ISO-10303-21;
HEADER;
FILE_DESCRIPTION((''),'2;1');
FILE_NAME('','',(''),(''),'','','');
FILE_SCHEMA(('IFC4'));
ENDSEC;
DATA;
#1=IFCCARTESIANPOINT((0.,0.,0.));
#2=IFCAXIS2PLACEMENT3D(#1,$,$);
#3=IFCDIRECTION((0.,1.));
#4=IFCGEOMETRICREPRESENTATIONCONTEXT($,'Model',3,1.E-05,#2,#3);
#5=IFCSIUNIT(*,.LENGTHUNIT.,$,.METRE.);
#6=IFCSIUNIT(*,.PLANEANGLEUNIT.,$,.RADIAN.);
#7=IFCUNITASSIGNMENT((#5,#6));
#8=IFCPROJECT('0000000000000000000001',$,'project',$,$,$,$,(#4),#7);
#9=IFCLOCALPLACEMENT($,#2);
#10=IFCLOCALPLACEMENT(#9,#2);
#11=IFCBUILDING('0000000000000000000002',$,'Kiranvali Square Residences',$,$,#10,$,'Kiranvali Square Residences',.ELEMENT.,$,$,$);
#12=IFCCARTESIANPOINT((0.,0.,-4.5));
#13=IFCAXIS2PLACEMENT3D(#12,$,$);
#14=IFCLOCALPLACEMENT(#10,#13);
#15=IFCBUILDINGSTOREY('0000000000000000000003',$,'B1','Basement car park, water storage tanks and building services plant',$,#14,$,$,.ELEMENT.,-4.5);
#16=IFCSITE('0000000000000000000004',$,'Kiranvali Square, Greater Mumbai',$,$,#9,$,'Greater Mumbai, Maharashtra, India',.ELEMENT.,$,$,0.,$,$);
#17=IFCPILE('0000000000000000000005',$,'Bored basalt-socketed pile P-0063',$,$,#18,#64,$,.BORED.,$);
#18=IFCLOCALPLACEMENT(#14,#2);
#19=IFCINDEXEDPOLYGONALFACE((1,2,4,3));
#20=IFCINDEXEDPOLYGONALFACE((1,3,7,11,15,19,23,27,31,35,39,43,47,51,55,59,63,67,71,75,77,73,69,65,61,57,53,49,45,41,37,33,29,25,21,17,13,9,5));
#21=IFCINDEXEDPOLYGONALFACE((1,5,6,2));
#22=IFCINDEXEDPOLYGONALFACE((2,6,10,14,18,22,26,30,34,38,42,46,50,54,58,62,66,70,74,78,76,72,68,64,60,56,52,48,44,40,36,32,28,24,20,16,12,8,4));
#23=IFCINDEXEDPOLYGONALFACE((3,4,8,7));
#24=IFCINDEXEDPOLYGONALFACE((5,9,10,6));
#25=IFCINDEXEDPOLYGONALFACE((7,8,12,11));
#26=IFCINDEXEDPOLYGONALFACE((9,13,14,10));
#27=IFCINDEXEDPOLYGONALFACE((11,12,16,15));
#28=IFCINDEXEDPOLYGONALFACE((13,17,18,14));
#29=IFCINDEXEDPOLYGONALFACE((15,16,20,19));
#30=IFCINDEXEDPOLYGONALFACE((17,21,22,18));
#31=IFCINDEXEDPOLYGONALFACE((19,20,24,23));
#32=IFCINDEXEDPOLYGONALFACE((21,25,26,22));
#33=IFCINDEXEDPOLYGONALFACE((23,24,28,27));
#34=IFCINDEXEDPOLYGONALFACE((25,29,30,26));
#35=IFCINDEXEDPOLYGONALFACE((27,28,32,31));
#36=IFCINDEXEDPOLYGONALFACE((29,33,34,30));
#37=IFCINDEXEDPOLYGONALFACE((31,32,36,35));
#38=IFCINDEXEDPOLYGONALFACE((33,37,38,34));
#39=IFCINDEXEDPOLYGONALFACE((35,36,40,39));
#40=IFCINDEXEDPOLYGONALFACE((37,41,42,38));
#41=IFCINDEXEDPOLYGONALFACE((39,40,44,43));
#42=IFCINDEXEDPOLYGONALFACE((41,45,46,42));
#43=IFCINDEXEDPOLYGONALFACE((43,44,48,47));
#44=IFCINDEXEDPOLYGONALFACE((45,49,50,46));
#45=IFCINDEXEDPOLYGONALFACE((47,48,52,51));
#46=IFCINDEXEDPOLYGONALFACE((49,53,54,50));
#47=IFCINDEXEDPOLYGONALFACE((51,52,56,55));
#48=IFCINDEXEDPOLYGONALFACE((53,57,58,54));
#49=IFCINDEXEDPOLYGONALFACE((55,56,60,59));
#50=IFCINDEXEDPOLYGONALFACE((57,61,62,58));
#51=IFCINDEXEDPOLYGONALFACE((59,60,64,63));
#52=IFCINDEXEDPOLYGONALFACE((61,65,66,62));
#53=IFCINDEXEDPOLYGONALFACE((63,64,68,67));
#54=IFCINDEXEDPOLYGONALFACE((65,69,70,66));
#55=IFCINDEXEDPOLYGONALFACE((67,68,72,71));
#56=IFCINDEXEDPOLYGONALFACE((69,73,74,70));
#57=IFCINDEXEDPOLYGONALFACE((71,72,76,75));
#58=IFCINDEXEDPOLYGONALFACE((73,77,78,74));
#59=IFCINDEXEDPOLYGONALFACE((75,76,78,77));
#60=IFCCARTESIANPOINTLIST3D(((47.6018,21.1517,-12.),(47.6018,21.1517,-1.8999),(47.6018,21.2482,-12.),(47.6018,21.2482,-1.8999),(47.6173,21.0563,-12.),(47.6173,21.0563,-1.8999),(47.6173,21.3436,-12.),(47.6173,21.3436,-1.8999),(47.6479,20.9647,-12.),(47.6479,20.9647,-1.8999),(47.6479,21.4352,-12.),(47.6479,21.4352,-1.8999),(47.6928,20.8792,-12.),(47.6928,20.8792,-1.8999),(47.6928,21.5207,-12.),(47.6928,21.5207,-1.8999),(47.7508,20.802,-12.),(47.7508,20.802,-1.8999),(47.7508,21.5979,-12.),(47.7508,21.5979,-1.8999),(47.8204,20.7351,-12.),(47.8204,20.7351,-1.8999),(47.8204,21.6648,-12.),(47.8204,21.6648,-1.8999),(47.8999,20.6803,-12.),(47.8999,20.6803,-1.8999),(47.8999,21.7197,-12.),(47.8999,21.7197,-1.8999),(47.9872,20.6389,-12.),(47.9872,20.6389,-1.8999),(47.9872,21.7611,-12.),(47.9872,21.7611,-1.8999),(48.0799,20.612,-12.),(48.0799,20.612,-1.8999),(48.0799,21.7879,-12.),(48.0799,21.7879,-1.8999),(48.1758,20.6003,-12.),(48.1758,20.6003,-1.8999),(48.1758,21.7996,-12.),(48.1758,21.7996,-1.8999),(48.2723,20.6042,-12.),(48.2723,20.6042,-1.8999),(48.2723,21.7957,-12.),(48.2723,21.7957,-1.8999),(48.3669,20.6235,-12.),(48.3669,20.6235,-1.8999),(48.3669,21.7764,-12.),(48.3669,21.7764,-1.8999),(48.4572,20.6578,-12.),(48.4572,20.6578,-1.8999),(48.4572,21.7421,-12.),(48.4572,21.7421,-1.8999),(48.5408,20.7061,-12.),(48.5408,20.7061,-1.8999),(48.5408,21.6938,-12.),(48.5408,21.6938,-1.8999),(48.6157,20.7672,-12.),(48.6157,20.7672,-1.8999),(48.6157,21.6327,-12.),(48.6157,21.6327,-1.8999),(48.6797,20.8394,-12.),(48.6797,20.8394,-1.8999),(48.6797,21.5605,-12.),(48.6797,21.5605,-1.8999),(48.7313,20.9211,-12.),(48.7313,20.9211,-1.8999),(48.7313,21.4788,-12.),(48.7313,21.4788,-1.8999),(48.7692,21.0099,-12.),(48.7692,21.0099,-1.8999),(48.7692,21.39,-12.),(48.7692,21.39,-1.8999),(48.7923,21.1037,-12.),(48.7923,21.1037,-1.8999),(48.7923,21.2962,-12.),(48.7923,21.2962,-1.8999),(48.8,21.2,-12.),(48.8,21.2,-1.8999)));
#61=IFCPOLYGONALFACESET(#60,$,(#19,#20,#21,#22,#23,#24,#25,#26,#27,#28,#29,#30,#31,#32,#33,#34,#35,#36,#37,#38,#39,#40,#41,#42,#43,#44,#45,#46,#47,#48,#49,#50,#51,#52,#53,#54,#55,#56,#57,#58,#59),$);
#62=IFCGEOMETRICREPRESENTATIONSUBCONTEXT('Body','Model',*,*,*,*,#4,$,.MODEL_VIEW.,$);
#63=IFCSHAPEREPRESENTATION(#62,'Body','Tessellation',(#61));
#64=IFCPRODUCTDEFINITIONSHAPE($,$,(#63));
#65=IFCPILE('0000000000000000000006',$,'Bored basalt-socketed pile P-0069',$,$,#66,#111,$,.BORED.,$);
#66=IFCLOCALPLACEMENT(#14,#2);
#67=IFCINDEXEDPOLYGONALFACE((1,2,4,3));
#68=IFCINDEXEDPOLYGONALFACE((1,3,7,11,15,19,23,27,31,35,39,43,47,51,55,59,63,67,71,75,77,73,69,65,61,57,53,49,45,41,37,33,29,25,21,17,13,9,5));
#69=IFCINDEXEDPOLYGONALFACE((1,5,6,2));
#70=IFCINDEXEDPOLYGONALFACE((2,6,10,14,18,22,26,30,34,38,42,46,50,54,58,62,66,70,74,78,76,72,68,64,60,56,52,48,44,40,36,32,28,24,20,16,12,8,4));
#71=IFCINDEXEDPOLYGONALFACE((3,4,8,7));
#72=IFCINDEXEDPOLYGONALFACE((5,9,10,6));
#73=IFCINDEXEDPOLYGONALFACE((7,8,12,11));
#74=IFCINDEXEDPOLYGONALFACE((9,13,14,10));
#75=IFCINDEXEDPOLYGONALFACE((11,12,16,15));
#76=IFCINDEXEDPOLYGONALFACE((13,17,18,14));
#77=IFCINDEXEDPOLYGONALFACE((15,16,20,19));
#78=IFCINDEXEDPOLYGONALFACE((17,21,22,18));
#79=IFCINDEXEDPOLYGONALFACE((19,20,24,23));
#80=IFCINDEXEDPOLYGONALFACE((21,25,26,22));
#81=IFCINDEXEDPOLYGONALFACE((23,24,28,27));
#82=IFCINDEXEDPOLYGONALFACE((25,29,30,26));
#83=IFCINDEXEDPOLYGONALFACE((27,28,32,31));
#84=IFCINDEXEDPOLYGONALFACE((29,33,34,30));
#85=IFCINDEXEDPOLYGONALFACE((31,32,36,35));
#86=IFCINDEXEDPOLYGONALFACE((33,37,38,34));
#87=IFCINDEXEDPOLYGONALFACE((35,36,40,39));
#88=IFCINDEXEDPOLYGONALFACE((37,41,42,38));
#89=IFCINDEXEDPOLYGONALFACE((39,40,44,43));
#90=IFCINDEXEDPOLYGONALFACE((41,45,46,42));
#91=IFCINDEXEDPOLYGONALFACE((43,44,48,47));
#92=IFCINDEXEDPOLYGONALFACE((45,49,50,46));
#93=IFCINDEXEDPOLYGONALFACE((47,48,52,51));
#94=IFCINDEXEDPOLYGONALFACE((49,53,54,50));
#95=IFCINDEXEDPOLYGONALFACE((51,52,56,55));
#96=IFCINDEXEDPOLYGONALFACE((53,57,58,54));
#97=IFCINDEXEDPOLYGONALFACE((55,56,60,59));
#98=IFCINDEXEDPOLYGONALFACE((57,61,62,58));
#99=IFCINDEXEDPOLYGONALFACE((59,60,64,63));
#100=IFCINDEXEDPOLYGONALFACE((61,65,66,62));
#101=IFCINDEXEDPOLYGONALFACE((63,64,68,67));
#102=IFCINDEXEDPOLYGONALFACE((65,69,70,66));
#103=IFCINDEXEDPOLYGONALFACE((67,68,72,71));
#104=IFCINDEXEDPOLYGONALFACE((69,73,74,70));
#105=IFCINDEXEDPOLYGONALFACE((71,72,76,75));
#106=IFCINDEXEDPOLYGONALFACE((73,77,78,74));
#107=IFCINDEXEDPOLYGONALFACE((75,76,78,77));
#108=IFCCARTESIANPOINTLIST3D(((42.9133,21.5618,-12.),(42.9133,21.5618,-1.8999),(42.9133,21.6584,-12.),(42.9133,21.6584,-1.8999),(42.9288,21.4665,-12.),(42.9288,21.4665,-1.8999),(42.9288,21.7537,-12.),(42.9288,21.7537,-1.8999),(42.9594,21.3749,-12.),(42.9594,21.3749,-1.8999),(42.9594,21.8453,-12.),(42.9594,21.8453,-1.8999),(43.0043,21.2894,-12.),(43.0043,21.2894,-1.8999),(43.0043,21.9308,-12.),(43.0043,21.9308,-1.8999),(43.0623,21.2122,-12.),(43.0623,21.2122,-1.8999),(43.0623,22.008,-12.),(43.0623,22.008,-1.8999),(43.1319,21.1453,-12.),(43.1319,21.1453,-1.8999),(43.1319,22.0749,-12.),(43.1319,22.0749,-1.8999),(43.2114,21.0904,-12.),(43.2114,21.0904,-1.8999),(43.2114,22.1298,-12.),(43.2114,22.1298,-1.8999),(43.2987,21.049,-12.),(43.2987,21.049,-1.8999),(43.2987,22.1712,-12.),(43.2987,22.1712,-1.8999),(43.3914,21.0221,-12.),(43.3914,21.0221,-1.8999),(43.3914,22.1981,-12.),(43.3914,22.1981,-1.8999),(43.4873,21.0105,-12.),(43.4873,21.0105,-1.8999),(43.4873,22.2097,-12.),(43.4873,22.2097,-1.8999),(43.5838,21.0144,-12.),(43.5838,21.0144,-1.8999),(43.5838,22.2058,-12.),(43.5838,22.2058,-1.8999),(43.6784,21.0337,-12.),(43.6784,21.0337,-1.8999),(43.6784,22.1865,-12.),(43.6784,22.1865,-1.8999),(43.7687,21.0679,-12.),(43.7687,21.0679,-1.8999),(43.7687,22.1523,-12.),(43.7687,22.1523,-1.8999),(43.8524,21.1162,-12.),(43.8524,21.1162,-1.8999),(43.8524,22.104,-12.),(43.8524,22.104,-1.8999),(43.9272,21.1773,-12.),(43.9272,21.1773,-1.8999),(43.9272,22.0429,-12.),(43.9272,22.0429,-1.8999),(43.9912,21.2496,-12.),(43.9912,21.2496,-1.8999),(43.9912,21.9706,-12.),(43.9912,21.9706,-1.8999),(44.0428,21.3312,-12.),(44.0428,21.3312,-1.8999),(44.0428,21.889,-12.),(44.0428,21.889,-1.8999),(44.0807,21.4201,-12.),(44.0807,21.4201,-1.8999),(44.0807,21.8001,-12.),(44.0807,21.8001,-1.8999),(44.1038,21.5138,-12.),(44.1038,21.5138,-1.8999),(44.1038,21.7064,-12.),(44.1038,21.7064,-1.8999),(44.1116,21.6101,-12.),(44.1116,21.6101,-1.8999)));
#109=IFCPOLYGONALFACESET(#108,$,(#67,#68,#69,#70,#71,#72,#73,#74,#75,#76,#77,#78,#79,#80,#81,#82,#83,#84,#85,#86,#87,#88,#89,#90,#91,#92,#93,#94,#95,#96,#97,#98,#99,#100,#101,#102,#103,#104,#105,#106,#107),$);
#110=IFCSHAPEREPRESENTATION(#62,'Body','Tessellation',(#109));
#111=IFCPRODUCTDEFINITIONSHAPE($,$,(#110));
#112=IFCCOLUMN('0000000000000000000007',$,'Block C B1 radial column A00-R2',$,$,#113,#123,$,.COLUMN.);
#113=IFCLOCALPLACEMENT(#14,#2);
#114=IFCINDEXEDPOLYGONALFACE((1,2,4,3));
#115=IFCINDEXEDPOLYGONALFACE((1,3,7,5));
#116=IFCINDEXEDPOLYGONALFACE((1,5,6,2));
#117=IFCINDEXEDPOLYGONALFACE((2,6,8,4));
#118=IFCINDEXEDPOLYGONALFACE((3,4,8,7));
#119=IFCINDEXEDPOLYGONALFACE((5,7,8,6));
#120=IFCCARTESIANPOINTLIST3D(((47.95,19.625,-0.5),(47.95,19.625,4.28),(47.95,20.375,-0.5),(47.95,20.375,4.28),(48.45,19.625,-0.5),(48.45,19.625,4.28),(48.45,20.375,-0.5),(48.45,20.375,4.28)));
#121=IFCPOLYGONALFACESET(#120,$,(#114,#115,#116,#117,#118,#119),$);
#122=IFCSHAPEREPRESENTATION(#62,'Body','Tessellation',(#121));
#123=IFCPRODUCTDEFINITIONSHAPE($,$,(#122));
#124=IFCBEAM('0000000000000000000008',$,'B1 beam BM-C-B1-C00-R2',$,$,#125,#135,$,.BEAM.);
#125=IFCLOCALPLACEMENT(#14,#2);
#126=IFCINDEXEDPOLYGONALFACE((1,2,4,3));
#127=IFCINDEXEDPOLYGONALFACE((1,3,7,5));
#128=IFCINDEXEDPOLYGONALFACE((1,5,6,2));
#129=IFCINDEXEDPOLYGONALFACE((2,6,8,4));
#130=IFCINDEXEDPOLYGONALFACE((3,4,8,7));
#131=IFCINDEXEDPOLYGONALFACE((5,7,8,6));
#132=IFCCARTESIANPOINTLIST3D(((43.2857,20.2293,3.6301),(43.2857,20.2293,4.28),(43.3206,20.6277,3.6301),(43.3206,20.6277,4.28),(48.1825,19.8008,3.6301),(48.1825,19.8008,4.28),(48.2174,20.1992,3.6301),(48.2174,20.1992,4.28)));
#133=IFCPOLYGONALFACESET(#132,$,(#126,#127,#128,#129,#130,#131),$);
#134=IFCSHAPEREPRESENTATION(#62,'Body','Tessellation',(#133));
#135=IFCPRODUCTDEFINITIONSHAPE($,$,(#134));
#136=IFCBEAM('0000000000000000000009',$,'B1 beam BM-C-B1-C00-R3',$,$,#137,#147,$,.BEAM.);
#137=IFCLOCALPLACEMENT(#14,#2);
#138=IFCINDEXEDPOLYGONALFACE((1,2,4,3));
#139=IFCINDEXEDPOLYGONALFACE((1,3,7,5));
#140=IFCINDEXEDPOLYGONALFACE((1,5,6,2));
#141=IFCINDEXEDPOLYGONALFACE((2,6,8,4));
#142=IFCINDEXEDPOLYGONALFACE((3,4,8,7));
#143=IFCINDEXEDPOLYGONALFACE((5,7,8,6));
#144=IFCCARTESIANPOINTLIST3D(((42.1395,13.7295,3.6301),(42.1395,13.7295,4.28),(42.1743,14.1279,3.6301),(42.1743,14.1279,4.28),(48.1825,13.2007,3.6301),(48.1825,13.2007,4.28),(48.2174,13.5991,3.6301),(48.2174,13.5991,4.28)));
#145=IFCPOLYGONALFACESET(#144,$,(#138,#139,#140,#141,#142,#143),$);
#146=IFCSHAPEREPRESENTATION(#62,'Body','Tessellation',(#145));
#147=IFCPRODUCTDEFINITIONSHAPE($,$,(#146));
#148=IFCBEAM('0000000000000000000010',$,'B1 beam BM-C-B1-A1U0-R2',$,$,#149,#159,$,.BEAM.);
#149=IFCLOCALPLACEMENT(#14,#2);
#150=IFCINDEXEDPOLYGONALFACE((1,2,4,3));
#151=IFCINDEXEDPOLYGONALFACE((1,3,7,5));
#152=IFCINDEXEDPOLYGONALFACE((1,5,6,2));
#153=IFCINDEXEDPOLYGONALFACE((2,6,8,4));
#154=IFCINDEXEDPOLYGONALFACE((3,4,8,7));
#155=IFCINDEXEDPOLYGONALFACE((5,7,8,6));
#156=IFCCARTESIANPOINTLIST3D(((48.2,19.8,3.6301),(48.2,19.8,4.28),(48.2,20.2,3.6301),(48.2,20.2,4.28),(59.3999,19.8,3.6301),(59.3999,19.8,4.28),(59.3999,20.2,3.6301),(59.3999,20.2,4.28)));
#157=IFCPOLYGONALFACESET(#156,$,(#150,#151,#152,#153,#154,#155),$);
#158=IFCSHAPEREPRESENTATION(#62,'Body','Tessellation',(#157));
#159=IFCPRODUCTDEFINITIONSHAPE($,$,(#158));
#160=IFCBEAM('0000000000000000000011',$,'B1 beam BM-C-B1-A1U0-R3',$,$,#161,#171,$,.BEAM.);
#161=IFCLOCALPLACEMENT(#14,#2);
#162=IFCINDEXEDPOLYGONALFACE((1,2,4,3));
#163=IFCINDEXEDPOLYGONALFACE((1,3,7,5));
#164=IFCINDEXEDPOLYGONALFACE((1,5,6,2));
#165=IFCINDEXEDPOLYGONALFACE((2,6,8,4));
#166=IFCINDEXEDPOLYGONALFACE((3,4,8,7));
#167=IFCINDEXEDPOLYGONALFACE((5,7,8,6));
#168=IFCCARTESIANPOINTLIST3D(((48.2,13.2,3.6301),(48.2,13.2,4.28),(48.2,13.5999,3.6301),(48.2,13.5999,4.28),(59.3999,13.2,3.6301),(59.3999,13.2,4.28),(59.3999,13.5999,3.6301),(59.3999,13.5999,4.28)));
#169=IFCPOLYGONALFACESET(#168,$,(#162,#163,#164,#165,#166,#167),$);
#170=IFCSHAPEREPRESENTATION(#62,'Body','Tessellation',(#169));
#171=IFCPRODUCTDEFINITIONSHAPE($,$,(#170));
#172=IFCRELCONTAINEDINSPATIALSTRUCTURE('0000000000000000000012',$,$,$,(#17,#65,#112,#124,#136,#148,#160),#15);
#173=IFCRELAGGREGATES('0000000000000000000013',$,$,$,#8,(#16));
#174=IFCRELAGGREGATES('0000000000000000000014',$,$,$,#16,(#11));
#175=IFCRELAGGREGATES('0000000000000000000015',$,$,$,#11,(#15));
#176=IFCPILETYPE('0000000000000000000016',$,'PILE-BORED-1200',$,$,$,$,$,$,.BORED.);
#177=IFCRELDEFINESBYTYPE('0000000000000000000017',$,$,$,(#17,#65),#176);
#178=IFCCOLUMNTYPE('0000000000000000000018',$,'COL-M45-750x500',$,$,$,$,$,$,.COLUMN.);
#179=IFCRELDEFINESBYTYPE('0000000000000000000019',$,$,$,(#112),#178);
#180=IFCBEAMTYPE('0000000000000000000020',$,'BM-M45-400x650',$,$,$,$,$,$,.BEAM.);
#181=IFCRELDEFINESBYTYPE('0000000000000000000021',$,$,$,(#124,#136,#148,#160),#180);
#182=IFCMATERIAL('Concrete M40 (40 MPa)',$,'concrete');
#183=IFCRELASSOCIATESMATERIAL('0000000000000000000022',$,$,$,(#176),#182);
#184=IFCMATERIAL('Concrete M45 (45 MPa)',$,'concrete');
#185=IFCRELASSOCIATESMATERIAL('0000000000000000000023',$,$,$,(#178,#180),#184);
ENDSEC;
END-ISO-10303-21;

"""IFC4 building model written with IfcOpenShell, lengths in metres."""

from ifc_helpers import new_model, si_unit, direction, frame, origin, origin_2d, place, context, subcontext, project, spatial, rectangle, circle, extrude, material, material_profile, profile_set, type_object, element, save


model = new_model("IFC4")

# Units and contexts
model_context = context("Model", 3, precision=1e-05, world=origin(), true_north=direction((0.0, 1.0)))
body_context = subcontext(model_context, "Body", "Model", "MODEL_VIEW")
ifc_project = project(units=[si_unit("LENGTHUNIT", "METRE"), si_unit("PLANEANGLEUNIT", "RADIAN")], contexts=[model_context])

# Site, building, storey
site_placement = place(None, origin())
site = spatial("IfcSite", under=ifc_project, at=site_placement, Name="Kiranvali Square, Greater Mumbai", LongName="Greater Mumbai, Maharashtra, India", CompositionType="ELEMENT", RefElevation=0.0)
building_placement = place(site_placement, origin())
building = spatial("IfcBuilding", under=site, at=building_placement, Name="Kiranvali Square Residences", LongName="Kiranvali Square Residences", CompositionType="ELEMENT")
storey_placement = place(building_placement, frame((0.0, 0.0, -4.5)))
storey = spatial("IfcBuildingStorey", under=building, at=storey_placement, Name="B1", Description="Basement car park, water storage tanks and building services plant", CompositionType="ELEMENT", Elevation=-4.5)

# Shared definitions
ifc_material_1 = material(Name="Concrete M40 (40 MPa)", Category="concrete")

# Piles
ifc_material_profile_1 = material_profile(ifc_material_1, circle(Radius=0.6001, at=origin_2d()), Name="BORED PILE 1200")
ifc_profile_set_1 = profile_set([ifc_material_profile_1], Name="Concrete M40 (40 MPa)")
pile_type = type_object("IfcPileType", Name="PILE-BORED-1200", PredefinedType="BORED", material=ifc_profile_set_1)
for number, where, z_axis, x_axis, name in (
    (1, (48.2, 21.2, -1.8999), (0.0, 0.0, -1.0), (1.0, 0.0, 0.0), "Bored basalt-socketed pile P-0063"),
    (2, (43.5115, 21.6101, -1.8999), (0.0, 0.0, -1.0), (1.0, 0.0, 0.0), "Bored basalt-socketed pile P-0069"),
):
    element("IfcPile", number, at=place(storey_placement, frame(where, z_axis=z_axis, x_axis=x_axis)), inside=storey, type_object=pile_type, Name=name, PredefinedType="BORED", context=body_context, shape_type="SweptSolid", body=[
        extrude(circle(Radius=0.6001, at=origin_2d()), origin(), (0.0, 0.0, 1.0), 10.1001),
    ])

# Column
ifc_material_2 = material(Name="Concrete M45 (45 MPa)", Category="concrete")
ifc_material_profile_2 = material_profile(ifc_material_2, rectangle(XDim=0.5, YDim=0.75, at=origin_2d()), Name="RC 750x500")
ifc_profile_set_2 = profile_set([ifc_material_profile_2], Name="Concrete M45 (45 MPa)")
column_type = type_object("IfcColumnType", Name="COL-M45-750x500", PredefinedType="COLUMN", material=ifc_profile_set_2)
column_placement = place(storey_placement, frame((48.2, 20.0, -0.5), z_axis=(0.0, 0.0, 1.0), x_axis=(1.0, 0.0, 0.0)))
element("IfcColumn", 3, at=column_placement, inside=storey, type_object=column_type, Name="Block C B1 radial column A00-R2", PredefinedType="COLUMN", context=body_context, shape_type="SweptSolid", body=[
    extrude(rectangle(XDim=0.5, YDim=0.75, at=origin_2d()), origin(), (0.0, 0.0, 1.0), 4.78),
])

# Beams
ifc_material_profile_3 = material_profile(ifc_material_2, rectangle(XDim=0.3999, YDim=0.6499, at=origin_2d()), Name="RC 400x650")
ifc_profile_set_3 = profile_set([ifc_material_profile_3], Name="Concrete M45 (45 MPa)")
beam_type = type_object("IfcBeamType", Name="BM-M45-400x650", PredefinedType="BEAM", material=ifc_profile_set_3)
beam_1_placement = place(storey_placement, frame((48.2, 20.0, 3.9551), z_axis=(-0.996194, 0.087168, 0.0), x_axis=(-0.087168, -0.996194, 0.0)))
element("IfcBeam", 4, at=beam_1_placement, inside=storey, type_object=beam_type, Name="B1 beam BM-C-B1-C00-R2", PredefinedType="BEAM", context=body_context, shape_type="SweptSolid", body=[
    extrude(rectangle(XDim=0.3999, YDim=0.6499, at=origin_2d()), origin(), (0.0, 0.0, 1.0), 4.9155),
])
beam_2_placement = place(storey_placement, frame((48.2, 13.3999, 3.9551), z_axis=(-0.996193, 0.087175, 0.0), x_axis=(-0.087175, -0.996193, 0.0)))
element("IfcBeam", 5, at=beam_2_placement, inside=storey, type_object=beam_type, Name="B1 beam BM-C-B1-C00-R3", PredefinedType="BEAM", context=body_context, shape_type="SweptSolid", body=[
    extrude(rectangle(XDim=0.3999, YDim=0.6499, at=origin_2d()), origin(), (0.0, 0.0, 1.0), 6.0662),
])
for number, where, z_axis, x_axis, name in (
    (6, (48.2, 20.0, 3.9551), (1.0, 0.0, 0.0), (0.0, 1.0, 0.0), "B1 beam BM-C-B1-A1U0-R2"),
    (7, (48.2, 13.3999, 3.9551), (1.0, 0.0, 0.0), (0.0, 1.0, 0.0), "B1 beam BM-C-B1-A1U0-R3"),
):
    element("IfcBeam", number, at=place(storey_placement, frame(where, z_axis=z_axis, x_axis=x_axis)), inside=storey, type_object=beam_type, Name=name, PredefinedType="BEAM", context=body_context, shape_type="SweptSolid", body=[
        extrude(rectangle(XDim=0.3999, YDim=0.6499, at=origin_2d()), origin(), (0.0, 0.0, 1.0), 11.2),
    ])

save(model, "model.ifc")
